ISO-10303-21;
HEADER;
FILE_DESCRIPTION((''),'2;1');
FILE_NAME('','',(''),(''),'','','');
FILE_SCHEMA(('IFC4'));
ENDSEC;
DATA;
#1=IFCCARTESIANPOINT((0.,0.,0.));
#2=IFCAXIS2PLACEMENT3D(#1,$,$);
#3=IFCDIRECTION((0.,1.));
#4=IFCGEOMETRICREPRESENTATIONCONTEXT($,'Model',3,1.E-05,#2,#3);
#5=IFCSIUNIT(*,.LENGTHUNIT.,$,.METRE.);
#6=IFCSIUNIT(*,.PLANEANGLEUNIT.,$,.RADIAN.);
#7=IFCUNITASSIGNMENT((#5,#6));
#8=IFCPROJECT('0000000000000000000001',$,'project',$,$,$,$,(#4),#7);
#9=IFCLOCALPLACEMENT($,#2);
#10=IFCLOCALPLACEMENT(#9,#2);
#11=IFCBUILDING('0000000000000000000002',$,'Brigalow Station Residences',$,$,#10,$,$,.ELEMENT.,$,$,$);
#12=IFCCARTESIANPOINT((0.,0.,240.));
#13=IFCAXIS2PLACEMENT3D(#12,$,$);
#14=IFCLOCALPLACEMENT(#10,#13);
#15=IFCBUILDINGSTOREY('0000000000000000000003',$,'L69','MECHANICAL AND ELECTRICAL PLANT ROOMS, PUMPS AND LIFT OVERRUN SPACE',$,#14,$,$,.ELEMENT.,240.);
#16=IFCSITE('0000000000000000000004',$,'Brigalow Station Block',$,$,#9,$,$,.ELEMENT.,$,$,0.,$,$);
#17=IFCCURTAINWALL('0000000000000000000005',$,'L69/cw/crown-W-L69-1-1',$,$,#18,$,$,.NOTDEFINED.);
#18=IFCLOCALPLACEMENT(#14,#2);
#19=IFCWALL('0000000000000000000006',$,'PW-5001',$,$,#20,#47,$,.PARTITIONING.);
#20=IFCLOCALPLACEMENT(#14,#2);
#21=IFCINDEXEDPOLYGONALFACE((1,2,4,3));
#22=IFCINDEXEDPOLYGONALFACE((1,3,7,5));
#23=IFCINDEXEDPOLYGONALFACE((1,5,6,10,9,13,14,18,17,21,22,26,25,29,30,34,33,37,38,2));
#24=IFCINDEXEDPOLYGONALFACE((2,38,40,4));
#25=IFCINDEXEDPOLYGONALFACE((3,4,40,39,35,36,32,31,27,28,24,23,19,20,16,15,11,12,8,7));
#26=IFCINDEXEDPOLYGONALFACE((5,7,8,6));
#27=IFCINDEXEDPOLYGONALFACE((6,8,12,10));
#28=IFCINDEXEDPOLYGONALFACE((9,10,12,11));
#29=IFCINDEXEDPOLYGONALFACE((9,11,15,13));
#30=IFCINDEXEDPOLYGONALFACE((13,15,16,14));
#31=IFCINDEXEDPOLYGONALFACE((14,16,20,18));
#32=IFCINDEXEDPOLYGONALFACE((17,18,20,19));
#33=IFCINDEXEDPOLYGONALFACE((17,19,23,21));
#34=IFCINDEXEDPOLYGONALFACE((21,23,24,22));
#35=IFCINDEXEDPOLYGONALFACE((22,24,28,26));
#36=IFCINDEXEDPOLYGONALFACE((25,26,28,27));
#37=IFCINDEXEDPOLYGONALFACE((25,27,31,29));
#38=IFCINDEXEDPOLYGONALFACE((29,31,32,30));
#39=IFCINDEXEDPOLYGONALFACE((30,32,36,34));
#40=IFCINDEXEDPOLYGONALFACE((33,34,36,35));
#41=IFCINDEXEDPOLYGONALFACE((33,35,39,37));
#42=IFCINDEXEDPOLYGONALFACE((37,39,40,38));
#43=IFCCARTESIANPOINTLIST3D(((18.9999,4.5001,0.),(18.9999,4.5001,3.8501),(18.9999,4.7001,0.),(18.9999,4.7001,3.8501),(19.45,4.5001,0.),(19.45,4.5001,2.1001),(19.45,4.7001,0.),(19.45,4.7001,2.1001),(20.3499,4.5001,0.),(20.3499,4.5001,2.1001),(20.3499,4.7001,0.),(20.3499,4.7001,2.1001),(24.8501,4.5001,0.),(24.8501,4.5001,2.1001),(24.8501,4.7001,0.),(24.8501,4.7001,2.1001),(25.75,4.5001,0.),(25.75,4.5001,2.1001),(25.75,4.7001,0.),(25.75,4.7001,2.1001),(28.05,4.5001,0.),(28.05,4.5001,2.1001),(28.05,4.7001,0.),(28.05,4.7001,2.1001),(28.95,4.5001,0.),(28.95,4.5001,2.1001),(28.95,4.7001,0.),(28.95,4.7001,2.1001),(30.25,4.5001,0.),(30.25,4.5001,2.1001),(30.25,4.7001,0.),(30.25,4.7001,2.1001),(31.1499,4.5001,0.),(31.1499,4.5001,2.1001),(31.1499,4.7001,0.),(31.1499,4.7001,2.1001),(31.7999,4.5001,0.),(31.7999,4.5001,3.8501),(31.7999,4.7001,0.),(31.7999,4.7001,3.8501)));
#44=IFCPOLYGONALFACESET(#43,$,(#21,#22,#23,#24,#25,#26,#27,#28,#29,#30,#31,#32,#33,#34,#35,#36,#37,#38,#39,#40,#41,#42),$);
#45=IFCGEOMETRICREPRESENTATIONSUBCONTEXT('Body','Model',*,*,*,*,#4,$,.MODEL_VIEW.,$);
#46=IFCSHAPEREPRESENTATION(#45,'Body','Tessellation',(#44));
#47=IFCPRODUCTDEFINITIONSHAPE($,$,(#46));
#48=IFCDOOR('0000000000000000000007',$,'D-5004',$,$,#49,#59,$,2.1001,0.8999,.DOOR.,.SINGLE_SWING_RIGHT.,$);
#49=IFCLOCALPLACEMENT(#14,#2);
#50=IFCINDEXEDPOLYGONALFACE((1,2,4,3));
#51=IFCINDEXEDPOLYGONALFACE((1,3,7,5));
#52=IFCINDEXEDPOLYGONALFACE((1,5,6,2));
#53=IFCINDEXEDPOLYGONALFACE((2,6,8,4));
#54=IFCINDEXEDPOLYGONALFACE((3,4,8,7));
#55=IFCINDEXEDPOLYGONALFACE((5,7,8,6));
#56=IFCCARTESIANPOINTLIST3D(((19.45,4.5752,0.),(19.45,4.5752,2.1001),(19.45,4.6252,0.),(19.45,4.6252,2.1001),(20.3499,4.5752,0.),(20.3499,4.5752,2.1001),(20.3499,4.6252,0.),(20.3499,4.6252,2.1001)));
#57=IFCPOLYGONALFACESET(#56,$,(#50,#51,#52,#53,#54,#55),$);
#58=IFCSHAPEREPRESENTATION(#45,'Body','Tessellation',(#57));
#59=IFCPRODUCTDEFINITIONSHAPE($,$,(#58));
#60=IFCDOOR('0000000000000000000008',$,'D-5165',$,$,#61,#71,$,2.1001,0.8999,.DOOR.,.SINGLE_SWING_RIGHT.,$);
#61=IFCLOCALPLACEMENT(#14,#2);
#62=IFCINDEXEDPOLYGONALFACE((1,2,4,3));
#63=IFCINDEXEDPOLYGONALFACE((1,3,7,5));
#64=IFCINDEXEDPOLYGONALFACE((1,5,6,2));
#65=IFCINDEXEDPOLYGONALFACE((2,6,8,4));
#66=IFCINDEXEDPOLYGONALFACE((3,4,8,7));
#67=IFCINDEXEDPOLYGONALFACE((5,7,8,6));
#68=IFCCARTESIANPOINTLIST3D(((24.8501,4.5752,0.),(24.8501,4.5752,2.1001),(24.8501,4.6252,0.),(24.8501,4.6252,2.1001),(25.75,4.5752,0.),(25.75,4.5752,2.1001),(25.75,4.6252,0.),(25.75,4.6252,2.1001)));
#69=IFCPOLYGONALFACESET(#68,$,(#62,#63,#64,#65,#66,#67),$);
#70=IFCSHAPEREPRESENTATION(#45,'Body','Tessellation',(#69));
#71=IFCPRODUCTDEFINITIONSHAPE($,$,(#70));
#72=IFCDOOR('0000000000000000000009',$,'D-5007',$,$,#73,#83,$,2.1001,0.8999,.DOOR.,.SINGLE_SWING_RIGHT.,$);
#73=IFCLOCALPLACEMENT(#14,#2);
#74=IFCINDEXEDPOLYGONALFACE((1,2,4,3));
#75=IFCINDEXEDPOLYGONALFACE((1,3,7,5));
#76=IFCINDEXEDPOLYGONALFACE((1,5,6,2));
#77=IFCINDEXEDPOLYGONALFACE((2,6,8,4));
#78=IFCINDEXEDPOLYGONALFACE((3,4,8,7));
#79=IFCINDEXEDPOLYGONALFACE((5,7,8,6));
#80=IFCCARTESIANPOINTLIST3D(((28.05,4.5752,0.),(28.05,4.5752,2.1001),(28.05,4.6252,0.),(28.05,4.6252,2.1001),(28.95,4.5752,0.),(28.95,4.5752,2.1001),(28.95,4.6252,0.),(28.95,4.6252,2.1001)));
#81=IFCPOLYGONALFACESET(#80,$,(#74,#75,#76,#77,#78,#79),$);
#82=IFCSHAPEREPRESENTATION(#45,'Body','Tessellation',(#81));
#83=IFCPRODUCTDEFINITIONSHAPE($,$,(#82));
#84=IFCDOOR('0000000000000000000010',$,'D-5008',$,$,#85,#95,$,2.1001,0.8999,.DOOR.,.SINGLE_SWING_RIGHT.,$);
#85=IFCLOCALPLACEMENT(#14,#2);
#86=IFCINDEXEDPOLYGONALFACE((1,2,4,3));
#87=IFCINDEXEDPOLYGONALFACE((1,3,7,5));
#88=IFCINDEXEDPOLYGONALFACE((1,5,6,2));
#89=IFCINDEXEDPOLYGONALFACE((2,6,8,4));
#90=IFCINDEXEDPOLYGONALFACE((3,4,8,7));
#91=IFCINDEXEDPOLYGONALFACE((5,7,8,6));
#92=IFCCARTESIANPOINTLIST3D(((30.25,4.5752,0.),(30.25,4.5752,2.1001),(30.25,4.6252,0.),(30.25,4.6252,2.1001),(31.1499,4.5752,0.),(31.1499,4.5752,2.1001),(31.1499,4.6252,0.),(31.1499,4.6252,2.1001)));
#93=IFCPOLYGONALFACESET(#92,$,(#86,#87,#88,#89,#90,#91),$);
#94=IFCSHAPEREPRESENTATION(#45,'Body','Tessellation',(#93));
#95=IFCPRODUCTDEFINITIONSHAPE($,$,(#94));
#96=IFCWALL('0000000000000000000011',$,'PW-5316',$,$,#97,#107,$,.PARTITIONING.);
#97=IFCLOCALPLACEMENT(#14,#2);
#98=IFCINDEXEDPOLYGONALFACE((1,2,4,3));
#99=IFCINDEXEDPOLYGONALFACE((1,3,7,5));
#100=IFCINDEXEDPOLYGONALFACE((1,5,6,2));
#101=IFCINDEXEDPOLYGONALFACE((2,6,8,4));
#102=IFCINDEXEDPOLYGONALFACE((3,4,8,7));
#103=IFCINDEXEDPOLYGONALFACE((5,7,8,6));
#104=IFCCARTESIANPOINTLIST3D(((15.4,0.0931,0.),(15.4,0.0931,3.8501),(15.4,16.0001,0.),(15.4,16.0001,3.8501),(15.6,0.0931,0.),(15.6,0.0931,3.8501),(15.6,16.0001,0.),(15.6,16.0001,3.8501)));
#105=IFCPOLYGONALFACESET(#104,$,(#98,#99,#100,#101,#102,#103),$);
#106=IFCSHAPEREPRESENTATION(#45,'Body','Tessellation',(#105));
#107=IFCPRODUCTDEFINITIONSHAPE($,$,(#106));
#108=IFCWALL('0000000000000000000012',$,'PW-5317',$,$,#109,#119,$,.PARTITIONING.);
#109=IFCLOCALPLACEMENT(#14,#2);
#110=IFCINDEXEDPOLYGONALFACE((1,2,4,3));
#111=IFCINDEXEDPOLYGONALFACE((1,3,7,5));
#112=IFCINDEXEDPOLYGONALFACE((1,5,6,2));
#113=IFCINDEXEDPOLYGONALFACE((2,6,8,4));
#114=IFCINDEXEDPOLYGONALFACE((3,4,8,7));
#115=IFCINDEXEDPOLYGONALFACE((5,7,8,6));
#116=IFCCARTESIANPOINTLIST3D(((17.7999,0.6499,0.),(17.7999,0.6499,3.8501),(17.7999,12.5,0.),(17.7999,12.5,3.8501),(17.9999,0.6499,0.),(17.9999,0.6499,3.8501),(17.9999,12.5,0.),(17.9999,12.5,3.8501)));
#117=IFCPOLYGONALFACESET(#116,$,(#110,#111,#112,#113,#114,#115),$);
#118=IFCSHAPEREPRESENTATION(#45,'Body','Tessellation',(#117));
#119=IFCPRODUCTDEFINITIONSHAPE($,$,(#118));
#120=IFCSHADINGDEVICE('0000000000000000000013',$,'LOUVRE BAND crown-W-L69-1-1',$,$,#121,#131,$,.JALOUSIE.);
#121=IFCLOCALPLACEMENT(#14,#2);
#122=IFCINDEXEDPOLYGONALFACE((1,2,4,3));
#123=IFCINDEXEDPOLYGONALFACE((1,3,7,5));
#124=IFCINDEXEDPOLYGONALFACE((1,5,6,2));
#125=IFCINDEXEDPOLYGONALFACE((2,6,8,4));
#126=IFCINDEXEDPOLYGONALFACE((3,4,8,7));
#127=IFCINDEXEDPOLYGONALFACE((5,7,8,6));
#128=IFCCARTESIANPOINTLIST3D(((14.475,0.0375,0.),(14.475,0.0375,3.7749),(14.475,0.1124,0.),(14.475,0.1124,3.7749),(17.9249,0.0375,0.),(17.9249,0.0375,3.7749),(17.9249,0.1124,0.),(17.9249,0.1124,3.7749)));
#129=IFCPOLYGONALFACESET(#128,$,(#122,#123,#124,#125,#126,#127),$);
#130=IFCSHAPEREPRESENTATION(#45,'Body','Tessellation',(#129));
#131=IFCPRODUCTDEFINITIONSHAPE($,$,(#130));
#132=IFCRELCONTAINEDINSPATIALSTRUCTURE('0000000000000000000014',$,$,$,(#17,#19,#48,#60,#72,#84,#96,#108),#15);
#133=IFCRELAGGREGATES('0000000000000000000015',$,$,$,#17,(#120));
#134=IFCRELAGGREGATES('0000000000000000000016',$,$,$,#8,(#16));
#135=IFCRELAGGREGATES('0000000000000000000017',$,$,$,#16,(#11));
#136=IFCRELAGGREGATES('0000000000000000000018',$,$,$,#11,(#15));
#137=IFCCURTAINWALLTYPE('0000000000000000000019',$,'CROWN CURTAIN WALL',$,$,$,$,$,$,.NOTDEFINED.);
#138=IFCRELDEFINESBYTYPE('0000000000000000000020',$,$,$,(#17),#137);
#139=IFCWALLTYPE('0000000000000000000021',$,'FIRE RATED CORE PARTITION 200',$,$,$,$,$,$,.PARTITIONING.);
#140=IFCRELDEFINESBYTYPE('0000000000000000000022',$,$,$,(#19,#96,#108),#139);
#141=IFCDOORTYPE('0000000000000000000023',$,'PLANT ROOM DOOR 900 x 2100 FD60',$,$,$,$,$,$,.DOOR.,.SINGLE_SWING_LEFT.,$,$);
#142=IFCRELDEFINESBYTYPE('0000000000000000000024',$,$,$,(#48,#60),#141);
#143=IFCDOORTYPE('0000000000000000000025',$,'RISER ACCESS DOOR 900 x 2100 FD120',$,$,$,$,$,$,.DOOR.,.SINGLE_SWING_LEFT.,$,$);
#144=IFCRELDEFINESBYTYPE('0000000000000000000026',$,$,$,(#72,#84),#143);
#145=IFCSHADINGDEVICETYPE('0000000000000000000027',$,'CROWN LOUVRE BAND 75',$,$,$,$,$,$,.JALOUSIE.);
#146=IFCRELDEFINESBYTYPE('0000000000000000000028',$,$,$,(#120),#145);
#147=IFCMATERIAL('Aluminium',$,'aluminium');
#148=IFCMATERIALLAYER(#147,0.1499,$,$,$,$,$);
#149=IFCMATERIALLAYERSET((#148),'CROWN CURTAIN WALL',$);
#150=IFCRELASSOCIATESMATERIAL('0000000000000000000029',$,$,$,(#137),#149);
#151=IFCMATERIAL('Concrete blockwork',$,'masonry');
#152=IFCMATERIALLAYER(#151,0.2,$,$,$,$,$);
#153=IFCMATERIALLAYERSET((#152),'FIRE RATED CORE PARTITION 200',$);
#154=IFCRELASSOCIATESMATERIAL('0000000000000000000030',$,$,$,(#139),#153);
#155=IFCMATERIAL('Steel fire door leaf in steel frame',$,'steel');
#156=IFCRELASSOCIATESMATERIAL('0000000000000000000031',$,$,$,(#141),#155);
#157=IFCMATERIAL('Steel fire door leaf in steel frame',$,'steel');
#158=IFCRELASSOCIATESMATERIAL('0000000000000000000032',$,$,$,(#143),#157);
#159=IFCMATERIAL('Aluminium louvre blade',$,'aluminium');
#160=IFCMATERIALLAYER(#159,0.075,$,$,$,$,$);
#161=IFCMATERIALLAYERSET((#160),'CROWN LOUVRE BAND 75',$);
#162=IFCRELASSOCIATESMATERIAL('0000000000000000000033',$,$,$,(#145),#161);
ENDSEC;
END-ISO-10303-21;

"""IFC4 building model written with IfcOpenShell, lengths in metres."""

from ifc_helpers import new_model, si_unit, direction, frame, frame_2d, origin, origin_2d, place, context, subcontext, project, spatial, rectangle, extrude, material, layer, layer_set, type_object, element, fill, aggregate, save


model = new_model("IFC4")

# Units and contexts
model_context = context("Model", 3, precision=1e-05, world=origin(), true_north=direction((0.0, 1.0)))
body_context = subcontext(model_context, "Body", "Model", "MODEL_VIEW")
ifc_project = project(units=[si_unit("LENGTHUNIT", "METRE"), si_unit("PLANEANGLEUNIT", "RADIAN")], contexts=[model_context])

# Site, building, storey
site_placement = place(None, origin())
site = spatial("IfcSite", under=ifc_project, at=site_placement, Name="Brigalow Station Block", CompositionType="ELEMENT", RefElevation=0.0)
building_placement = place(site_placement, origin())
building = spatial("IfcBuilding", under=site, at=building_placement, Name="Brigalow Station Residences", CompositionType="ELEMENT")
storey_placement = place(building_placement, frame((0.0, 0.0, 240.0)))
storey = spatial("IfcBuildingStorey", under=building, at=storey_placement, Name="L69", Description="MECHANICAL AND ELECTRICAL PLANT ROOMS, PUMPS AND LIFT OVERRUN SPACE", CompositionType="ELEMENT", Elevation=240.0)

# Curtain wall
ifc_material_1 = material(Name="Aluminium", Category="aluminium")
ifc_layer_1 = layer(ifc_material_1, 0.1499)
ifc_layer_set_1 = layer_set([ifc_layer_1], Name="CROWN CURTAIN WALL")
curtain_wall_type = type_object("IfcCurtainWallType", Name="CROWN CURTAIN WALL", PredefinedType="NOTDEFINED", material=ifc_layer_set_1)
curtain_wall_placement = place(storey_placement, origin())
curtain_wall = element("IfcCurtainWall", 1, at=curtain_wall_placement, inside=storey, type_object=curtain_wall_type, Name="L69/cw/crown-W-L69-1-1", PredefinedType="NOTDEFINED")

# Wall, openings, doors
ifc_material_2 = material(Name="Concrete blockwork", Category="masonry")
ifc_layer_2 = layer(ifc_material_2, 0.2)
ifc_layer_set_2 = layer_set([ifc_layer_2], Name="FIRE RATED CORE PARTITION 200")
wall_type_1 = type_object("IfcWallType", Name="FIRE RATED CORE PARTITION 200", PredefinedType="PARTITIONING", material=ifc_layer_set_2)
wall_1_placement = place(storey_placement, frame((19.0, 4.6001, 0.0), z_axis=(0.0, 0.0, 1.0), x_axis=(1.0, 0.0, 0.0)))
wall_1 = element("IfcWall", 2, at=wall_1_placement, inside=storey, type_object=wall_type_1, Name="PW-5001", PredefinedType="PARTITIONING", context=body_context, shape_type="SweptSolid", body=[
    extrude(rectangle(XDim=12.8, YDim=0.2, at=frame_2d((6.3999, 0.0))), origin(), (0.0, 0.0, 1.0), 3.8501),
])
opening_1_placement = place(wall_1_placement, frame((0.45, 0.0, 0.0)))
opening_1 = element("IfcOpeningElement", 3, at=opening_1_placement, cuts=wall_1, PredefinedType="OPENING", context=body_context, shape_type="SweptSolid", body=[
    extrude(rectangle(XDim=0.8999, YDim=2.1001, at=frame_2d((0.45, 1.05))), frame((0.0, 0.1099, 0.0), z_axis=(0.0, -1.0, 0.0), x_axis=(1.0, 0.0, 0.0)), (0.0, 0.0, 1.0), 0.22),
])
opening_2_placement = place(wall_1_placement, frame((5.8501, 0.0, 0.0)))
opening_2 = element("IfcOpeningElement", 4, at=opening_2_placement, cuts=wall_1, PredefinedType="OPENING", context=body_context, shape_type="SweptSolid", body=[
    extrude(rectangle(XDim=0.8999, YDim=2.1001, at=frame_2d((0.45, 1.05))), frame((0.0, 0.1099, 0.0), z_axis=(0.0, -1.0, 0.0), x_axis=(1.0, 0.0, 0.0)), (0.0, 0.0, 1.0), 0.22),
])
opening_3_placement = place(wall_1_placement, frame((9.05, 0.0, 0.0)))
opening_3 = element("IfcOpeningElement", 5, at=opening_3_placement, cuts=wall_1, PredefinedType="OPENING", context=body_context, shape_type="SweptSolid", body=[
    extrude(rectangle(XDim=0.8999, YDim=2.1001, at=frame_2d((0.45, 1.05))), frame((0.0, 0.1099, 0.0), z_axis=(0.0, -1.0, 0.0), x_axis=(1.0, 0.0, 0.0)), (0.0, 0.0, 1.0), 0.22),
])
opening_4_placement = place(wall_1_placement, frame((11.25, 0.0, 0.0)))
opening_4 = element("IfcOpeningElement", 6, at=opening_4_placement, cuts=wall_1, PredefinedType="OPENING", context=body_context, shape_type="SweptSolid", body=[
    extrude(rectangle(XDim=0.8999, YDim=2.1001, at=frame_2d((0.45, 1.05))), frame((0.0, 0.1099, 0.0), z_axis=(0.0, -1.0, 0.0), x_axis=(1.0, 0.0, 0.0)), (0.0, 0.0, 1.0), 0.22),
])
ifc_material_3 = material(Name="Steel fire door leaf in steel frame", Category="steel")
door_type_1 = type_object("IfcDoorType", Name="PLANT ROOM DOOR 900 x 2100 FD60", OperationType="SINGLE_SWING_LEFT", PredefinedType="DOOR", material=ifc_material_3)
door_1_placement = place(opening_1_placement, frame((0.8999, 0.0, 0.0), z_axis=(0.0, 0.0, 1.0), x_axis=(-1.0, 0.0, 0.0)))
door_1 = element("IfcDoor", 7, at=door_1_placement, inside=storey, type_object=door_type_1, Name="D-5004", OperationType="SINGLE_SWING_RIGHT", OverallHeight=2.1001, OverallWidth=0.8999, PredefinedType="DOOR", context=body_context, shape_type="SweptSolid", body=[
    extrude(rectangle(XDim=0.8999, YDim=2.1001, at=frame_2d((0.45, 1.05))), frame((0.0, 0.0249, 0.0), z_axis=(0.0, -1.0, 0.0), x_axis=(1.0, 0.0, 0.0)), (0.0, 0.0, 1.0), 0.05),
])
fill(opening_1, door_1)
door_2_placement = place(opening_2_placement, frame((0.8999, 0.0, 0.0), z_axis=(0.0, 0.0, 1.0), x_axis=(-1.0, 0.0, 0.0)))
door_2 = element("IfcDoor", 8, at=door_2_placement, inside=storey, type_object=door_type_1, Name="D-5165", OperationType="SINGLE_SWING_RIGHT", OverallHeight=2.1001, OverallWidth=0.8999, PredefinedType="DOOR", context=body_context, shape_type="SweptSolid", body=[
    extrude(rectangle(XDim=0.8999, YDim=2.1001, at=frame_2d((0.45, 1.05))), frame((0.0, 0.0249, 0.0), z_axis=(0.0, -1.0, 0.0), x_axis=(1.0, 0.0, 0.0)), (0.0, 0.0, 1.0), 0.05),
])
fill(opening_2, door_2)
ifc_material_4 = material(Name="Steel fire door leaf in steel frame", Category="steel")
door_type_2 = type_object("IfcDoorType", Name="RISER ACCESS DOOR 900 x 2100 FD120", OperationType="SINGLE_SWING_LEFT", PredefinedType="DOOR", material=ifc_material_4)
door_3_placement = place(opening_3_placement, frame((0.8999, 0.0, 0.0), z_axis=(0.0, 0.0, 1.0), x_axis=(-1.0, 0.0, 0.0)))
door_3 = element("IfcDoor", 9, at=door_3_placement, inside=storey, type_object=door_type_2, Name="D-5007", OperationType="SINGLE_SWING_RIGHT", OverallHeight=2.1001, OverallWidth=0.8999, PredefinedType="DOOR", context=body_context, shape_type="SweptSolid", body=[
    extrude(rectangle(XDim=0.8999, YDim=2.1001, at=frame_2d((0.45, 1.05))), frame((0.0, 0.0249, 0.0), z_axis=(0.0, -1.0, 0.0), x_axis=(1.0, 0.0, 0.0)), (0.0, 0.0, 1.0), 0.05),
])
fill(opening_3, door_3)
door_4_placement = place(opening_4_placement, frame((0.8999, 0.0, 0.0), z_axis=(0.0, 0.0, 1.0), x_axis=(-1.0, 0.0, 0.0)))
door_4 = element("IfcDoor", 10, at=door_4_placement, inside=storey, type_object=door_type_2, Name="D-5008", OperationType="SINGLE_SWING_RIGHT", OverallHeight=2.1001, OverallWidth=0.8999, PredefinedType="DOOR", context=body_context, shape_type="SweptSolid", body=[
    extrude(rectangle(XDim=0.8999, YDim=2.1001, at=frame_2d((0.45, 1.05))), frame((0.0, 0.0249, 0.0), z_axis=(0.0, -1.0, 0.0), x_axis=(1.0, 0.0, 0.0)), (0.0, 0.0, 1.0), 0.05),
])
fill(opening_4, door_4)

# Walls
wall_2_placement = place(storey_placement, frame((15.5, 0.093, 0.0), z_axis=(0.0, 0.0, 1.0), x_axis=(0.0, 1.0, 0.0)))
element("IfcWall", 11, at=wall_2_placement, inside=storey, type_object=wall_type_1, Name="PW-5316", PredefinedType="PARTITIONING", context=body_context, shape_type="SweptSolid", body=[
    extrude(rectangle(XDim=15.907, YDim=0.2, at=frame_2d((7.9536, 0.0))), origin(), (0.0, 0.0, 1.0), 3.8501),
])
wall_3_placement = place(storey_placement, frame((17.8999, 0.6499, 0.0), z_axis=(0.0, 0.0, 1.0), x_axis=(0.0, 1.0, 0.0)))
element("IfcWall", 12, at=wall_3_placement, inside=storey, type_object=wall_type_1, Name="PW-5317", PredefinedType="PARTITIONING", context=body_context, shape_type="SweptSolid", body=[
    extrude(rectangle(XDim=11.8501, YDim=0.2, at=frame_2d((5.925, 0.0))), origin(), (0.0, 0.0, 1.0), 3.8501),
])

# Shading device
ifc_material_5 = material(Name="Aluminium louvre blade", Category="aluminium")
ifc_layer_3 = layer(ifc_material_5, 0.075)
ifc_layer_set_3 = layer_set([ifc_layer_3], Name="CROWN LOUVRE BAND 75")
shading_device_type = type_object("IfcShadingDeviceType", Name="CROWN LOUVRE BAND 75", PredefinedType="JALOUSIE", material=ifc_layer_set_3)
shading_device_placement = place(storey_placement, frame((16.2, 0.075, 0.0), z_axis=(0.0, 0.0, 1.0), x_axis=(1.0, 0.0, 0.0)))
shading_device = element("IfcShadingDevice", 13, at=shading_device_placement, type_object=shading_device_type, Name="LOUVRE BAND crown-W-L69-1-1", PredefinedType="JALOUSIE", context=body_context, shape_type="SweptSolid", body=[
    extrude(rectangle(XDim=3.45, YDim=0.075, at=origin_2d()), origin(), (0.0, 0.0, 1.0), 3.7749),
])
aggregate(curtain_wall, [shading_device])

save(model, "model.ifc")
